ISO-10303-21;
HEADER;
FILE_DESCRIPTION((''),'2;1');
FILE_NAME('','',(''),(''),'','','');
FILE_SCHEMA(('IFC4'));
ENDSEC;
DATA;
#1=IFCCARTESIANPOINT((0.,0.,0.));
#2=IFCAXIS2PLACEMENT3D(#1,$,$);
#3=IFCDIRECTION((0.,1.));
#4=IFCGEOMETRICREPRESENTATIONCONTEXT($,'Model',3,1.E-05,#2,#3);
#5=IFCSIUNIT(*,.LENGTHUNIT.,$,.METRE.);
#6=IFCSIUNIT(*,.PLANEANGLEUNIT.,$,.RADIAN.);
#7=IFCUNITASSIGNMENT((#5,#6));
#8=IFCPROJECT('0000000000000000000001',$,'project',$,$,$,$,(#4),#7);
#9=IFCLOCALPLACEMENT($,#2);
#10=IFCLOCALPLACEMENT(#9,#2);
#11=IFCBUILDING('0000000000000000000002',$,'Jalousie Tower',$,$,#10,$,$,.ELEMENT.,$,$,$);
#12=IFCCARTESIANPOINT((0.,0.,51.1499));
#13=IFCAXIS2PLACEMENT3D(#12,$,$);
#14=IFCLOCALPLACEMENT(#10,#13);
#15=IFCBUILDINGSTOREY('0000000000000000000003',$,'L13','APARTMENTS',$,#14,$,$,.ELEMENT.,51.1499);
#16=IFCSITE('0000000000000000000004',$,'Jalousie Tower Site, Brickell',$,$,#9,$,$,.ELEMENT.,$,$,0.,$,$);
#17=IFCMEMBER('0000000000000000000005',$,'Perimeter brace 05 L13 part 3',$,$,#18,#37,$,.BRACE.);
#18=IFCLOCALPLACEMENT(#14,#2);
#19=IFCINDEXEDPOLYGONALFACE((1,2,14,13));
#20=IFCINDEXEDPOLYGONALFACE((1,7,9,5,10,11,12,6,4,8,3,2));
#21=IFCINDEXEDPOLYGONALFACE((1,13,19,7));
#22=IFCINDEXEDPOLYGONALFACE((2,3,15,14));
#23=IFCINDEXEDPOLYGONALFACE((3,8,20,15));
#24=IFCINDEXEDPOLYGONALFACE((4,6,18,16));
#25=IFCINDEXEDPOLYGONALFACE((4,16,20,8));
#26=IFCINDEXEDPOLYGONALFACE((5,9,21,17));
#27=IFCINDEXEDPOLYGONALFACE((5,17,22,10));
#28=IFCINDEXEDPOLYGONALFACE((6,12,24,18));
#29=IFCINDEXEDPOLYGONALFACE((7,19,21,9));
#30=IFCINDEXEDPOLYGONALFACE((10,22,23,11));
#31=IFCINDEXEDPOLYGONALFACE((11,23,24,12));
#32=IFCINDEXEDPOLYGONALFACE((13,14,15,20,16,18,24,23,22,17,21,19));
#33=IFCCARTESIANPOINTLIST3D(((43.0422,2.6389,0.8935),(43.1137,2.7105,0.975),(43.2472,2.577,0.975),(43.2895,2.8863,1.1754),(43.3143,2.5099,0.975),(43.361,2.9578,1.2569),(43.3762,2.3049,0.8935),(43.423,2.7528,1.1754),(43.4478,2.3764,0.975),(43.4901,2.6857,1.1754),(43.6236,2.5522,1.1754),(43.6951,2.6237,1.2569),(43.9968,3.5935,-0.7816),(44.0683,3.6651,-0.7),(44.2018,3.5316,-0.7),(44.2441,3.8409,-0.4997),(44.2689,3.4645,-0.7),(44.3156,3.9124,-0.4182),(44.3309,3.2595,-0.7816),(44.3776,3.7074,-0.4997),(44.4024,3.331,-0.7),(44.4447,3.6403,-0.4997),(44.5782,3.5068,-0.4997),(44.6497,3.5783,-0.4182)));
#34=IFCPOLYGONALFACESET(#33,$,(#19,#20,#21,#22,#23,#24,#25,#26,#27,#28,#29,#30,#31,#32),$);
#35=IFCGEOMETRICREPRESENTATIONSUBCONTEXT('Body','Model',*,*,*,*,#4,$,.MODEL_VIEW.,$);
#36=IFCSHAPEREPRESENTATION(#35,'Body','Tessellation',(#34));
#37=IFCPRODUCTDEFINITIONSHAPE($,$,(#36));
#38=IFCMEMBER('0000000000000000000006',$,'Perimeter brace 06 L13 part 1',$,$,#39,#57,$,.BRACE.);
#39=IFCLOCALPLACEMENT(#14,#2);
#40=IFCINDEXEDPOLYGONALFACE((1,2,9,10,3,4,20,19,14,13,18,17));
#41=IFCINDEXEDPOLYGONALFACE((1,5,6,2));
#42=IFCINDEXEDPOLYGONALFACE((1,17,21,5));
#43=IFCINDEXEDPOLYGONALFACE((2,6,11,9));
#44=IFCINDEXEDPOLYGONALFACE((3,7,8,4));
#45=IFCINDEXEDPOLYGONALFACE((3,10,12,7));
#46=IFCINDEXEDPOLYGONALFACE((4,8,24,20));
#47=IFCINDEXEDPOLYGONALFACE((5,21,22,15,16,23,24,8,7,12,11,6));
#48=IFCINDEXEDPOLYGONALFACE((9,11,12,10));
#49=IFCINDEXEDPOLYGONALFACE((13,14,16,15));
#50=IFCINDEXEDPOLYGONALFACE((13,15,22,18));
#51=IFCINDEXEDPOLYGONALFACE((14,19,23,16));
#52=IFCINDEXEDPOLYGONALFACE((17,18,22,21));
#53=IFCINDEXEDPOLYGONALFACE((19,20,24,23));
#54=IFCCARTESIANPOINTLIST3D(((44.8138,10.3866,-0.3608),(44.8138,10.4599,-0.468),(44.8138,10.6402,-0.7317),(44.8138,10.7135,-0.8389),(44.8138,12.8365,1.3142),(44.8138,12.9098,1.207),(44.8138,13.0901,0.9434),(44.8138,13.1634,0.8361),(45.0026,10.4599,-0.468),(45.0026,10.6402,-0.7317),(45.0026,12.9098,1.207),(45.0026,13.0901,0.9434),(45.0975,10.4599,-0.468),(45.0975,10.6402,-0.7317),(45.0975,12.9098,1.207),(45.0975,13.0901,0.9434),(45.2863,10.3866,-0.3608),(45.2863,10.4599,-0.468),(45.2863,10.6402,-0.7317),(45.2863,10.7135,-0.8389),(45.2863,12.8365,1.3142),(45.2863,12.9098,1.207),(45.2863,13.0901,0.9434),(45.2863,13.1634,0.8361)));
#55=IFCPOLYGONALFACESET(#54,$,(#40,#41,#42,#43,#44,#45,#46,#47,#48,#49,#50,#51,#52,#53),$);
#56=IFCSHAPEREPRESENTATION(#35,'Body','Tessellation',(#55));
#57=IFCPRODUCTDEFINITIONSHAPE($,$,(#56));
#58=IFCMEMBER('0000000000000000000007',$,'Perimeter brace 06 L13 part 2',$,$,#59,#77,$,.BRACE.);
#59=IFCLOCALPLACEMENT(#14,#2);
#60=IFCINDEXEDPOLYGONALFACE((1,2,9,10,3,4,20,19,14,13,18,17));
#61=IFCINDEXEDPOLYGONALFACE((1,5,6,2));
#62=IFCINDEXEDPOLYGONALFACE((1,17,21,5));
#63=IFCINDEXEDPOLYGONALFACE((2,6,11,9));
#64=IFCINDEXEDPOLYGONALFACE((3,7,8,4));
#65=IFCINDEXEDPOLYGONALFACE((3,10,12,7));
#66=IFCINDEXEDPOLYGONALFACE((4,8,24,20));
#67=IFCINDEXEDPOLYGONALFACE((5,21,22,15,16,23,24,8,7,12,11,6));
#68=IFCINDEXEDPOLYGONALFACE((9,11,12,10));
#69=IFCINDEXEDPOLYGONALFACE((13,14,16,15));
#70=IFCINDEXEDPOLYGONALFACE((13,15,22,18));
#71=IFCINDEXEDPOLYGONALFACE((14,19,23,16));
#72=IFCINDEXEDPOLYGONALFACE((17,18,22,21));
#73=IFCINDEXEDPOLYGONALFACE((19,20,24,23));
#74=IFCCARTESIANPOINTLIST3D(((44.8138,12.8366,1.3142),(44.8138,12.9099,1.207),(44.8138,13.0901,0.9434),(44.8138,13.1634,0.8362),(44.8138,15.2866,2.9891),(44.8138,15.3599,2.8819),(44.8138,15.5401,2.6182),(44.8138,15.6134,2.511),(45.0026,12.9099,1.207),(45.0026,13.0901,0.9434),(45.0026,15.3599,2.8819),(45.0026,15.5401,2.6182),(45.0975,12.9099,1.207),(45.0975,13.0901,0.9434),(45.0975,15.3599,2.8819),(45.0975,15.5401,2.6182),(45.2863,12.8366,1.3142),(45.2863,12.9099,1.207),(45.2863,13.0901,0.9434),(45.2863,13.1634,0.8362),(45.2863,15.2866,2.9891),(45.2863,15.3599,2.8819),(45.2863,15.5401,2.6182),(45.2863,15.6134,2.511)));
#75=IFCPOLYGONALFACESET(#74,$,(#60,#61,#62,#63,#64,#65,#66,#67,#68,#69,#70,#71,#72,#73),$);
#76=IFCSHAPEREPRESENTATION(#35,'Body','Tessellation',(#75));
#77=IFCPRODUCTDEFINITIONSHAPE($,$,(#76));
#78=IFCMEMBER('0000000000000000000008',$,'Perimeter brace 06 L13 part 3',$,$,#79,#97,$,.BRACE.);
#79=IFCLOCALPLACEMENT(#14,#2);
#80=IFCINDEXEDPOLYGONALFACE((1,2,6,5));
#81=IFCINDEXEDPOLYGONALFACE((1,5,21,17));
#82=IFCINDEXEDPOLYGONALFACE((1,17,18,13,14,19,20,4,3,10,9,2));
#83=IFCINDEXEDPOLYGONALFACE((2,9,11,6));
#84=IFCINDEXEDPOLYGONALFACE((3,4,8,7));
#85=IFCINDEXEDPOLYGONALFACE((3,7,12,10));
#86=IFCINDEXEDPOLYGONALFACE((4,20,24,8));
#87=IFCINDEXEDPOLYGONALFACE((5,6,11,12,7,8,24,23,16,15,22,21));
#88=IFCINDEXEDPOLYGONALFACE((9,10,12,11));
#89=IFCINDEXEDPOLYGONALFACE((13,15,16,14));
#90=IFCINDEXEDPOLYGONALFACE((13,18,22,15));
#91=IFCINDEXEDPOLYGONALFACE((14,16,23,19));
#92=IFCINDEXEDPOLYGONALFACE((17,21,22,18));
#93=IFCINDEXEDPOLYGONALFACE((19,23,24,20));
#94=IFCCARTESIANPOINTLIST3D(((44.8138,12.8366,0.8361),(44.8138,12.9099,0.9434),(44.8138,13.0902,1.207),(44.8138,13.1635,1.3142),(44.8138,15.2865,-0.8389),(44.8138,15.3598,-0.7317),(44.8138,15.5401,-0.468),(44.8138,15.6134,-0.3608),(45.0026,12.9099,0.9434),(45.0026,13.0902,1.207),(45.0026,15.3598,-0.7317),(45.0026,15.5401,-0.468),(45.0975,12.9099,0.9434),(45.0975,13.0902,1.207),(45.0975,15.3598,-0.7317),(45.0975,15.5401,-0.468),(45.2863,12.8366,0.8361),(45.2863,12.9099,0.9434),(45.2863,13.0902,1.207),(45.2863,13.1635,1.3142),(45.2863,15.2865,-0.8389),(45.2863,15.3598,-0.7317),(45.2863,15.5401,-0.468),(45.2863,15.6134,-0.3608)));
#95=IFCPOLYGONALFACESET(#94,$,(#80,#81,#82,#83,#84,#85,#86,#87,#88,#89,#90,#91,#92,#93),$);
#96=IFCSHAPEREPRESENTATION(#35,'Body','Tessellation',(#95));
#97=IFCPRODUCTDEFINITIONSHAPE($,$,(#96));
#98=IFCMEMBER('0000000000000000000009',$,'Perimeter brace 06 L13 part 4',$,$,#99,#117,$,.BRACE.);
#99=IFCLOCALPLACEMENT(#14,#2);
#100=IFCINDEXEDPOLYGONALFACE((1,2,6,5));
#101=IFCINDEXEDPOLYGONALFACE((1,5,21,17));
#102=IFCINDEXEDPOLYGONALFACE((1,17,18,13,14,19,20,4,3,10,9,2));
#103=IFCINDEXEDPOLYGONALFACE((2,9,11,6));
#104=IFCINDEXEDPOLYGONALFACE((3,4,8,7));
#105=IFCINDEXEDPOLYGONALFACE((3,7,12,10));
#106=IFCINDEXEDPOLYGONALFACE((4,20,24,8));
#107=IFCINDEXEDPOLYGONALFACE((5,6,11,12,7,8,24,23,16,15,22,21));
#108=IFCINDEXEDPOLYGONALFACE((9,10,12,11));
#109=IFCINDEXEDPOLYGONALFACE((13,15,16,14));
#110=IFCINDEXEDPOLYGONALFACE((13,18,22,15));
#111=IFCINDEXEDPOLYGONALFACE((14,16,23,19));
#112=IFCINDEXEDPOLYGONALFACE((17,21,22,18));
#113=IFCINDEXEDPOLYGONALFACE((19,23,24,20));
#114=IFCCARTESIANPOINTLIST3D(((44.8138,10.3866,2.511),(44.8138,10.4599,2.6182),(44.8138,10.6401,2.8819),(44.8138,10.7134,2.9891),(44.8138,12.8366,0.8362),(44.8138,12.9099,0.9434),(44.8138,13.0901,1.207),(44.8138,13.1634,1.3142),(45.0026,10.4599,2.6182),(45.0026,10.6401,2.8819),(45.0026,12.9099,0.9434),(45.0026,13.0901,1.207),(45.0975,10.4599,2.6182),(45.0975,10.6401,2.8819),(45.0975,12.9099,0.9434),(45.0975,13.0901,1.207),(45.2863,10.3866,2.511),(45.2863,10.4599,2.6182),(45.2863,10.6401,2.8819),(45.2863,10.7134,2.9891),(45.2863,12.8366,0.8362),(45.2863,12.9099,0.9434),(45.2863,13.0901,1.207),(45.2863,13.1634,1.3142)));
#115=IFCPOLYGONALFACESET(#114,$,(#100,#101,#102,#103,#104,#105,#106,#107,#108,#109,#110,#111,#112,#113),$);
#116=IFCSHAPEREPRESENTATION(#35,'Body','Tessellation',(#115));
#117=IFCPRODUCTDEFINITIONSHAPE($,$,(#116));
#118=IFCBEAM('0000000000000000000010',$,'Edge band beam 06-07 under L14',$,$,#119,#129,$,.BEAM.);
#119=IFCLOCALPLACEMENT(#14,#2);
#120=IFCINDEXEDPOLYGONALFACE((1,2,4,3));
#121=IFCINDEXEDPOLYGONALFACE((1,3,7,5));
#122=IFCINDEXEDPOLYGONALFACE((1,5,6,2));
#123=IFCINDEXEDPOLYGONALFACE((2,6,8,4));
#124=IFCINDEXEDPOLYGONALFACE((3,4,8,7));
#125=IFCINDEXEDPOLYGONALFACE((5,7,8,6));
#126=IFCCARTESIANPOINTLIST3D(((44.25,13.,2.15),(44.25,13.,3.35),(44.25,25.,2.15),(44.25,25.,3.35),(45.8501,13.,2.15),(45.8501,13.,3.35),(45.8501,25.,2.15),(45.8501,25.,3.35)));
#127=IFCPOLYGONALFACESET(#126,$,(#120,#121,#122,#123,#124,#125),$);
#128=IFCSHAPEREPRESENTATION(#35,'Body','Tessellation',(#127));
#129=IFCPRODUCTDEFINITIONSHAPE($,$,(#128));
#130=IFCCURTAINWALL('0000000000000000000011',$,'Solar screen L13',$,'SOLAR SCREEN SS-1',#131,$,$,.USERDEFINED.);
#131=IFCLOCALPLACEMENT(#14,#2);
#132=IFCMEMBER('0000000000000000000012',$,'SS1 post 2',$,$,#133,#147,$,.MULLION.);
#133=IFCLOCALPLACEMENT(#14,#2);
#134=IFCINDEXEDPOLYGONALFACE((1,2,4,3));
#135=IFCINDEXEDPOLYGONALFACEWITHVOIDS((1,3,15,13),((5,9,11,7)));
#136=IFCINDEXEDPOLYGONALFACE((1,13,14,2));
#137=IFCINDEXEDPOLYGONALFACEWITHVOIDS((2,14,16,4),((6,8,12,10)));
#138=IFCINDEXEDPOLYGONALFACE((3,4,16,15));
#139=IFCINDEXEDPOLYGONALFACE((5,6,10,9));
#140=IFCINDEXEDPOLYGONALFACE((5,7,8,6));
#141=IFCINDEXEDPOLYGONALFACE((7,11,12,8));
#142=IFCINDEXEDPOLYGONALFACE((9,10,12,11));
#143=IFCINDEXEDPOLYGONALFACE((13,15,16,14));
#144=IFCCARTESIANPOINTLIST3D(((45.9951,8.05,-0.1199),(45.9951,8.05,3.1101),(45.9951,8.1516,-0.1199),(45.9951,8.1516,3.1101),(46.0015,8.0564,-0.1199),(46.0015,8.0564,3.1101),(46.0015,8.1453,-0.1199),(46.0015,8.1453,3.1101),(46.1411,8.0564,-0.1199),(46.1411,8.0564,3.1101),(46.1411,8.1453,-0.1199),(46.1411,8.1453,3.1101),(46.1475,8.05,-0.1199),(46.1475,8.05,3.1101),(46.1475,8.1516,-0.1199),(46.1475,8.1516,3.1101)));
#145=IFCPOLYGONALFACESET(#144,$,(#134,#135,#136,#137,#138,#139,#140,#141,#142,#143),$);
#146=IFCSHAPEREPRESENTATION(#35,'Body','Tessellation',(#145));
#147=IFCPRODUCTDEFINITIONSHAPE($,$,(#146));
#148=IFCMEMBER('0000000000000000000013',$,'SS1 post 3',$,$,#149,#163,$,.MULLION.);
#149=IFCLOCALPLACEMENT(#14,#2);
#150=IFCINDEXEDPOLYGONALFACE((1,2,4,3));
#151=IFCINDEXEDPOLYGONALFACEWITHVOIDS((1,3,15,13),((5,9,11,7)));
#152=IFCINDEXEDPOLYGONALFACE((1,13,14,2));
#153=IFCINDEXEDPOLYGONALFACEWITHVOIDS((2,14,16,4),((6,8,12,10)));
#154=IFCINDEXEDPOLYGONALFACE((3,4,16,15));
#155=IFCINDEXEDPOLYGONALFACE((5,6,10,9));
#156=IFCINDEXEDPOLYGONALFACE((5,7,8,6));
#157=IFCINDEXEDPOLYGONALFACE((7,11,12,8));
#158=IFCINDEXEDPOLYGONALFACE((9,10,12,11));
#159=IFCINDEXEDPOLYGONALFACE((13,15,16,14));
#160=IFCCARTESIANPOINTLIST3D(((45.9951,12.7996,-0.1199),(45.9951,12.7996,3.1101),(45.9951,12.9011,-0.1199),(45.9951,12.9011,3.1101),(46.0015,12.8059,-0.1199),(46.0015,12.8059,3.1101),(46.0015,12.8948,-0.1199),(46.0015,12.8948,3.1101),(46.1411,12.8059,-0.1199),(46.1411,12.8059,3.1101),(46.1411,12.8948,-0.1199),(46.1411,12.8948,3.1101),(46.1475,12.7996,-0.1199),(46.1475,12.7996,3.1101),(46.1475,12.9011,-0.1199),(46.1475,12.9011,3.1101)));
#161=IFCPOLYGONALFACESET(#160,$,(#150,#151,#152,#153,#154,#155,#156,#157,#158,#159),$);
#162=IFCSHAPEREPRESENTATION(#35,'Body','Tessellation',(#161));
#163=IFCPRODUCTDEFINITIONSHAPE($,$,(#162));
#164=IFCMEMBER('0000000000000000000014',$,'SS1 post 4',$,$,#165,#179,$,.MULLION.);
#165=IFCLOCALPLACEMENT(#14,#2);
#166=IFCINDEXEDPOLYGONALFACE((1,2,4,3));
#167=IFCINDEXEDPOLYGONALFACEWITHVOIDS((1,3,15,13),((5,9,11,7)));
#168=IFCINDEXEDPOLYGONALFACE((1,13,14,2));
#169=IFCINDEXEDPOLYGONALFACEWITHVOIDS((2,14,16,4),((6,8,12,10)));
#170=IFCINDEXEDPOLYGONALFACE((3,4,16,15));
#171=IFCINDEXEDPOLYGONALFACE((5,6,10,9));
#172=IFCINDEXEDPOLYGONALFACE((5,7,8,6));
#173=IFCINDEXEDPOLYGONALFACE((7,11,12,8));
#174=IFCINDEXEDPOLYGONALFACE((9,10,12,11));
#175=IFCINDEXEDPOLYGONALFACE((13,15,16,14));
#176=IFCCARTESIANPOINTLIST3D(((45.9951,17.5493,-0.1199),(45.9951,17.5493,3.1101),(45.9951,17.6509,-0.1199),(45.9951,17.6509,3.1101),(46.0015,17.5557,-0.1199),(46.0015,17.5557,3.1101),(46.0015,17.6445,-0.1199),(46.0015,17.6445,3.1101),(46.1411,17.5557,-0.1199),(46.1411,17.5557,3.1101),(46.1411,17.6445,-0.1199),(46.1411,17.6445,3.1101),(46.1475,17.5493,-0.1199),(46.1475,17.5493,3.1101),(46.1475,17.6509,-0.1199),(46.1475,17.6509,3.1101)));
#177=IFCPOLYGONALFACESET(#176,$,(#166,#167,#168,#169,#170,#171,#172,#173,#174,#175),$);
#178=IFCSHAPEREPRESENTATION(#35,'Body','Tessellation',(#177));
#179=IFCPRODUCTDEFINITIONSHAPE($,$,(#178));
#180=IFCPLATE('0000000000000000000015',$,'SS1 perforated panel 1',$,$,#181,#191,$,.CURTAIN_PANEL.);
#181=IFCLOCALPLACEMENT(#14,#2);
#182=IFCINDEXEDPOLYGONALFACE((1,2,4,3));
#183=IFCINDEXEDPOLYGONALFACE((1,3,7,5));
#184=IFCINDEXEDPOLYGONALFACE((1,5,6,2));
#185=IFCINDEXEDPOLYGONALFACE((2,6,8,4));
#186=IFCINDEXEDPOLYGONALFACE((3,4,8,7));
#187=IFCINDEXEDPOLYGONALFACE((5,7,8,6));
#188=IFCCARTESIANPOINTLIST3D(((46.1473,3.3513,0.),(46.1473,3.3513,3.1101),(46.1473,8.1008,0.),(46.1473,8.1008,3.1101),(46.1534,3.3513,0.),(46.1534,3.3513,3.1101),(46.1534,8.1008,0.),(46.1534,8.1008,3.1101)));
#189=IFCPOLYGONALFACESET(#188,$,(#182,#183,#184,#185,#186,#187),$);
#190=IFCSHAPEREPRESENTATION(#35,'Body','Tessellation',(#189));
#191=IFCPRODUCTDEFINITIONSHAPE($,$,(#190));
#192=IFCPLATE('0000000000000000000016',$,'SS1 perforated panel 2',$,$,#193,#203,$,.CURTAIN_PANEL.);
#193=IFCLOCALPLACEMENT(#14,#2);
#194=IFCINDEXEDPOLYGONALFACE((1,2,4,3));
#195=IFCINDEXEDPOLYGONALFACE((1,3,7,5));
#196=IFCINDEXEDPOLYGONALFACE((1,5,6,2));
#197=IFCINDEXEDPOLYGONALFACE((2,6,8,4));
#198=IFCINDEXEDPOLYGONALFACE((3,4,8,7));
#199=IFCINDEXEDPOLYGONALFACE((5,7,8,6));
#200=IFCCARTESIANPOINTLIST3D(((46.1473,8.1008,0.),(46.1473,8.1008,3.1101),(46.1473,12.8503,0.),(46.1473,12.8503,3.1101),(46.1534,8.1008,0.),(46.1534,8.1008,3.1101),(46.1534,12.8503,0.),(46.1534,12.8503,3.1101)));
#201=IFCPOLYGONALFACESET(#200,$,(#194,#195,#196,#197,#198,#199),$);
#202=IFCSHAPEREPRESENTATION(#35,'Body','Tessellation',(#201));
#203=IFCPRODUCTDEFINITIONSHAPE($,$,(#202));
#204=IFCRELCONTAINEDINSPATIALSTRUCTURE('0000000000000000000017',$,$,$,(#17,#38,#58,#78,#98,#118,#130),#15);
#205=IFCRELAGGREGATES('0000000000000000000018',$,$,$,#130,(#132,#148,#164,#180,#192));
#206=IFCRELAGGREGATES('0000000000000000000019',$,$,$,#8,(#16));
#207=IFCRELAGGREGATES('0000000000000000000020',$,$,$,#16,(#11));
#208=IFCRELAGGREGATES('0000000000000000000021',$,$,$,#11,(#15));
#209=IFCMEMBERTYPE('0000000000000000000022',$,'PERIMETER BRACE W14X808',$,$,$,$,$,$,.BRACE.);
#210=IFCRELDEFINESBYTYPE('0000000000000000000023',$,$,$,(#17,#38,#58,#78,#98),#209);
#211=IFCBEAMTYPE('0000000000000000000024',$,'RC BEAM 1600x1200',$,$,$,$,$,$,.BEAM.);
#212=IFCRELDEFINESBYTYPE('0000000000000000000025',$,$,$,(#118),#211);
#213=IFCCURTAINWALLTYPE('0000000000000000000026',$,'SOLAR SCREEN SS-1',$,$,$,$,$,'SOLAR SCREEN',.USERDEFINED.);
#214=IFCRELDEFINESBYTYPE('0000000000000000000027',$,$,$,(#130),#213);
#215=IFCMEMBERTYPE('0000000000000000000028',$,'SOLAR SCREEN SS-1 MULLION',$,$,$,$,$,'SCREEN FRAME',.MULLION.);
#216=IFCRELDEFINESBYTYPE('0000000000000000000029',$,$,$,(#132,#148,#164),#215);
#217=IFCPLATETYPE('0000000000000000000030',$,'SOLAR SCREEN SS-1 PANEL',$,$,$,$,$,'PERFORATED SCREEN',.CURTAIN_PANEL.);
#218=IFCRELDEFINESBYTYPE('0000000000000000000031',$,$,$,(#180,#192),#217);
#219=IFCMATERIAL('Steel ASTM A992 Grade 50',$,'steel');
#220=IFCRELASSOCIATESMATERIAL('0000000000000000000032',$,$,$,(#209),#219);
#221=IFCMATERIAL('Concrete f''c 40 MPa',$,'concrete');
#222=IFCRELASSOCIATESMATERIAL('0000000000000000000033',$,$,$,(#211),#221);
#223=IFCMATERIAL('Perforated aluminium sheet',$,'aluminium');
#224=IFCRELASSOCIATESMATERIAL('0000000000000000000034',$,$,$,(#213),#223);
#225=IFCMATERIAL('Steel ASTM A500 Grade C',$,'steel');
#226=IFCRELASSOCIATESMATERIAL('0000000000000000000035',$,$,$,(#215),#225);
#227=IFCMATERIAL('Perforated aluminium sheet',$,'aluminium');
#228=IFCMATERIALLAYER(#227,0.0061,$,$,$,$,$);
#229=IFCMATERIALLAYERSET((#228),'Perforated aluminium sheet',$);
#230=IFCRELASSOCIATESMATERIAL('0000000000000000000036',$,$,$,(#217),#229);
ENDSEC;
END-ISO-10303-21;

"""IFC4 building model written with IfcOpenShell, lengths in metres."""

from ifc_helpers import new_model, si_unit, direction, frame, origin, origin_2d, place, context, subcontext, project, spatial, rectangle, hollow_rectangle, i_section, extrude, material, layer, layer_set, material_profile, profile_set, type_object, element, aggregate, save


model = new_model("IFC4")

# Units and contexts
model_context = context("Model", 3, precision=1e-05, world=origin(), true_north=direction((0.0, 1.0)))
body_context = subcontext(model_context, "Body", "Model", "MODEL_VIEW")
ifc_project = project(units=[si_unit("LENGTHUNIT", "METRE"), si_unit("PLANEANGLEUNIT", "RADIAN")], contexts=[model_context])

# Site, building, storey
site_placement = place(None, origin())
site = spatial("IfcSite", under=ifc_project, at=site_placement, Name="Jalousie Tower Site, Brickell", CompositionType="ELEMENT", RefElevation=0.0)
building_placement = place(site_placement, origin())
building = spatial("IfcBuilding", under=site, at=building_placement, Name="Jalousie Tower", CompositionType="ELEMENT")
storey_placement = place(building_placement, frame((0.0, 0.0, 51.1499)))
storey = spatial("IfcBuildingStorey", under=building, at=storey_placement, Name="L13", Description="APARTMENTS", CompositionType="ELEMENT", Elevation=51.1499)

# Members
ifc_material_1 = material(Name="Steel ASTM A992 Grade 50", Category="steel")
ifc_material_profile_1 = material_profile(ifc_material_1, i_section(OverallWidth=0.4724, OverallDepth=0.5791, WebThickness=0.095, FlangeThickness=0.1299, at=origin_2d()), Name="W14X808")
ifc_profile_set_1 = profile_set([ifc_material_profile_1], Name="Steel ASTM A992 Grade 50")
member_type_1 = type_object("IfcMemberType", Name="PERIMETER BRACE W14X808", PredefinedType="BRACE", material=ifc_profile_set_1)
member_1_placement = place(storey_placement, frame((44.3232, 3.5859, -0.5999), z_axis=(-0.443718, -0.443718, 0.778607), x_axis=(0.707107, -0.707107, 0.0)))
element("IfcMember", 1, at=member_1_placement, inside=storey, type_object=member_type_1, Name="Perimeter brace 05 L13 part 3", PredefinedType="BRACE", context=body_context, shape_type="SweptSolid", body=[
    extrude(i_section(OverallWidth=0.4724, OverallDepth=0.5791, WebThickness=0.095, FlangeThickness=0.1299, at=origin_2d()), origin(), (0.0, 0.0, 1.0), 2.1514),
])
for number, where, z_axis, x_axis, name in (
    (2, (45.05, 10.55, -0.5999), (0.0, 0.825501, 0.564401), (-1.0, 0.0, 0.0), "Perimeter brace 06 L13 part 1"),
    (3, (45.05, 13.0, 1.0752), (0.0, 0.825539, 0.564345), (-1.0, 0.0, 0.0), "Perimeter brace 06 L13 part 2"),
    (4, (45.05, 15.45, -0.5999), (0.0, -0.825501, 0.564401), (1.0, 0.0, 0.0), "Perimeter brace 06 L13 part 3"),
    (5, (45.05, 13.0, 1.0752), (0.0, -0.825539, 0.564345), (1.0, 0.0, 0.0), "Perimeter brace 06 L13 part 4"),
):
    element("IfcMember", number, at=place(storey_placement, frame(where, z_axis=z_axis, x_axis=x_axis)), inside=storey, type_object=member_type_1, Name=name, PredefinedType="BRACE", context=body_context, shape_type="SweptSolid", body=[
        extrude(i_section(OverallWidth=0.4724, OverallDepth=0.5791, WebThickness=0.095, FlangeThickness=0.1299, at=origin_2d()), origin(), (0.0, 0.0, 1.0), 2.9678),
    ])

# Beam
ifc_material_2 = material(Name="Concrete f'c 40 MPa", Category="concrete")
ifc_material_profile_2 = material_profile(ifc_material_2, rectangle(XDim=1.6001, YDim=1.2, at=origin_2d()), Name="RC 1600x1200")
ifc_profile_set_2 = profile_set([ifc_material_profile_2], Name="Concrete f'c 40 MPa")
beam_type = type_object("IfcBeamType", Name="RC BEAM 1600x1200", PredefinedType="BEAM", material=ifc_profile_set_2)
beam_placement = place(storey_placement, frame((45.05, 13.0, 2.75), z_axis=(0.0, 1.0, 0.0), x_axis=(-1.0, 0.0, 0.0)))
element("IfcBeam", 6, at=beam_placement, inside=storey, type_object=beam_type, Name="Edge band beam 06-07 under L14", PredefinedType="BEAM", context=body_context, shape_type="SweptSolid", body=[
    extrude(rectangle(XDim=1.6001, YDim=1.2, at=origin_2d()), origin(), (0.0, 0.0, 1.0), 12.0),
])

# Curtain wall, members, plates
ifc_material_3 = material(Name="Perforated aluminium sheet", Category="aluminium")
curtain_wall_type = type_object("IfcCurtainWallType", Name="SOLAR SCREEN SS-1", ElementType="SOLAR SCREEN", PredefinedType="USERDEFINED", material=ifc_material_3)
curtain_wall_placement = place(storey_placement, origin())
curtain_wall = element("IfcCurtainWall", 7, at=curtain_wall_placement, inside=storey, type_object=curtain_wall_type, Name="Solar screen L13", ObjectType="SOLAR SCREEN SS-1", PredefinedType="USERDEFINED")
ifc_material_4 = material(Name="Steel ASTM A500 Grade C", Category="steel")
ifc_material_profile_3 = material_profile(ifc_material_4, hollow_rectangle(XDim=0.1016, YDim=0.1523, WallThickness=0.0063, at=origin_2d()), Name="HSS6X4X1/4")
ifc_profile_set_3 = profile_set([ifc_material_profile_3], Name="Steel ASTM A500 Grade C")
member_type_2 = type_object("IfcMemberType", Name="SOLAR SCREEN SS-1 MULLION", ElementType="SCREEN FRAME", PredefinedType="MULLION", material=ifc_profile_set_3)
member_2_placement = place(storey_placement, frame((46.0713, 8.1008, -0.1199), z_axis=(0.0, 0.0, 1.0), x_axis=(0.0, 1.0, 0.0)))
member_2 = element("IfcMember", 8, at=member_2_placement, type_object=member_type_2, Name="SS1 post 2", PredefinedType="MULLION", context=body_context, shape_type="SweptSolid", body=[
    extrude(hollow_rectangle(XDim=0.1016, YDim=0.1523, WallThickness=0.0063, at=origin_2d()), origin(), (0.0, 0.0, 1.0), 3.23),
])
member_3_placement = place(storey_placement, frame((46.0713, 12.8503, -0.1199), z_axis=(0.0, 0.0, 1.0), x_axis=(0.0, 1.0, 0.0)))
member_3 = element("IfcMember", 9, at=member_3_placement, type_object=member_type_2, Name="SS1 post 3", PredefinedType="MULLION", context=body_context, shape_type="SweptSolid", body=[
    extrude(hollow_rectangle(XDim=0.1016, YDim=0.1523, WallThickness=0.0063, at=origin_2d()), origin(), (0.0, 0.0, 1.0), 3.23),
])
member_4_placement = place(storey_placement, frame((46.0713, 17.6001, -0.1199), z_axis=(0.0, 0.0, 1.0), x_axis=(0.0, 1.0, 0.0)))
member_4 = element("IfcMember", 10, at=member_4_placement, type_object=member_type_2, Name="SS1 post 4", PredefinedType="MULLION", context=body_context, shape_type="SweptSolid", body=[
    extrude(hollow_rectangle(XDim=0.1016, YDim=0.1523, WallThickness=0.0063, at=origin_2d()), origin(), (0.0, 0.0, 1.0), 3.23),
])
ifc_material_5 = material(Name="Perforated aluminium sheet", Category="aluminium")
ifc_layer_1 = layer(ifc_material_5, 0.0061)
ifc_layer_set_1 = layer_set([ifc_layer_1], Name="Perforated aluminium sheet")
plate_type = type_object("IfcPlateType", Name="SOLAR SCREEN SS-1 PANEL", ElementType="PERFORATED SCREEN", PredefinedType="CURTAIN_PANEL", material=ifc_layer_set_1)
plate_1_placement = place(storey_placement, frame((46.1504, 5.7261, 0.0), z_axis=(0.0, 0.0, 1.0), x_axis=(0.0, 1.0, 0.0)))
plate_1 = element("IfcPlate", 11, at=plate_1_placement, type_object=plate_type, Name="SS1 perforated panel 1", PredefinedType="CURTAIN_PANEL", context=body_context, shape_type="SweptSolid", body=[
    extrude(rectangle(XDim=4.7495, YDim=0.0061, at=origin_2d()), origin(), (0.0, 0.0, 1.0), 3.1101),
])
plate_2_placement = place(storey_placement, frame((46.1504, 10.4756, 0.0), z_axis=(0.0, 0.0, 1.0), x_axis=(0.0, 1.0, 0.0)))
plate_2 = element("IfcPlate", 12, at=plate_2_placement, type_object=plate_type, Name="SS1 perforated panel 2", PredefinedType="CURTAIN_PANEL", context=body_context, shape_type="SweptSolid", body=[
    extrude(rectangle(XDim=4.7495, YDim=0.0061, at=origin_2d()), origin(), (0.0, 0.0, 1.0), 3.1101),
])
aggregate(curtain_wall, [member_2, member_3, member_4, plate_1, plate_2])

save(model, "model.ifc")
